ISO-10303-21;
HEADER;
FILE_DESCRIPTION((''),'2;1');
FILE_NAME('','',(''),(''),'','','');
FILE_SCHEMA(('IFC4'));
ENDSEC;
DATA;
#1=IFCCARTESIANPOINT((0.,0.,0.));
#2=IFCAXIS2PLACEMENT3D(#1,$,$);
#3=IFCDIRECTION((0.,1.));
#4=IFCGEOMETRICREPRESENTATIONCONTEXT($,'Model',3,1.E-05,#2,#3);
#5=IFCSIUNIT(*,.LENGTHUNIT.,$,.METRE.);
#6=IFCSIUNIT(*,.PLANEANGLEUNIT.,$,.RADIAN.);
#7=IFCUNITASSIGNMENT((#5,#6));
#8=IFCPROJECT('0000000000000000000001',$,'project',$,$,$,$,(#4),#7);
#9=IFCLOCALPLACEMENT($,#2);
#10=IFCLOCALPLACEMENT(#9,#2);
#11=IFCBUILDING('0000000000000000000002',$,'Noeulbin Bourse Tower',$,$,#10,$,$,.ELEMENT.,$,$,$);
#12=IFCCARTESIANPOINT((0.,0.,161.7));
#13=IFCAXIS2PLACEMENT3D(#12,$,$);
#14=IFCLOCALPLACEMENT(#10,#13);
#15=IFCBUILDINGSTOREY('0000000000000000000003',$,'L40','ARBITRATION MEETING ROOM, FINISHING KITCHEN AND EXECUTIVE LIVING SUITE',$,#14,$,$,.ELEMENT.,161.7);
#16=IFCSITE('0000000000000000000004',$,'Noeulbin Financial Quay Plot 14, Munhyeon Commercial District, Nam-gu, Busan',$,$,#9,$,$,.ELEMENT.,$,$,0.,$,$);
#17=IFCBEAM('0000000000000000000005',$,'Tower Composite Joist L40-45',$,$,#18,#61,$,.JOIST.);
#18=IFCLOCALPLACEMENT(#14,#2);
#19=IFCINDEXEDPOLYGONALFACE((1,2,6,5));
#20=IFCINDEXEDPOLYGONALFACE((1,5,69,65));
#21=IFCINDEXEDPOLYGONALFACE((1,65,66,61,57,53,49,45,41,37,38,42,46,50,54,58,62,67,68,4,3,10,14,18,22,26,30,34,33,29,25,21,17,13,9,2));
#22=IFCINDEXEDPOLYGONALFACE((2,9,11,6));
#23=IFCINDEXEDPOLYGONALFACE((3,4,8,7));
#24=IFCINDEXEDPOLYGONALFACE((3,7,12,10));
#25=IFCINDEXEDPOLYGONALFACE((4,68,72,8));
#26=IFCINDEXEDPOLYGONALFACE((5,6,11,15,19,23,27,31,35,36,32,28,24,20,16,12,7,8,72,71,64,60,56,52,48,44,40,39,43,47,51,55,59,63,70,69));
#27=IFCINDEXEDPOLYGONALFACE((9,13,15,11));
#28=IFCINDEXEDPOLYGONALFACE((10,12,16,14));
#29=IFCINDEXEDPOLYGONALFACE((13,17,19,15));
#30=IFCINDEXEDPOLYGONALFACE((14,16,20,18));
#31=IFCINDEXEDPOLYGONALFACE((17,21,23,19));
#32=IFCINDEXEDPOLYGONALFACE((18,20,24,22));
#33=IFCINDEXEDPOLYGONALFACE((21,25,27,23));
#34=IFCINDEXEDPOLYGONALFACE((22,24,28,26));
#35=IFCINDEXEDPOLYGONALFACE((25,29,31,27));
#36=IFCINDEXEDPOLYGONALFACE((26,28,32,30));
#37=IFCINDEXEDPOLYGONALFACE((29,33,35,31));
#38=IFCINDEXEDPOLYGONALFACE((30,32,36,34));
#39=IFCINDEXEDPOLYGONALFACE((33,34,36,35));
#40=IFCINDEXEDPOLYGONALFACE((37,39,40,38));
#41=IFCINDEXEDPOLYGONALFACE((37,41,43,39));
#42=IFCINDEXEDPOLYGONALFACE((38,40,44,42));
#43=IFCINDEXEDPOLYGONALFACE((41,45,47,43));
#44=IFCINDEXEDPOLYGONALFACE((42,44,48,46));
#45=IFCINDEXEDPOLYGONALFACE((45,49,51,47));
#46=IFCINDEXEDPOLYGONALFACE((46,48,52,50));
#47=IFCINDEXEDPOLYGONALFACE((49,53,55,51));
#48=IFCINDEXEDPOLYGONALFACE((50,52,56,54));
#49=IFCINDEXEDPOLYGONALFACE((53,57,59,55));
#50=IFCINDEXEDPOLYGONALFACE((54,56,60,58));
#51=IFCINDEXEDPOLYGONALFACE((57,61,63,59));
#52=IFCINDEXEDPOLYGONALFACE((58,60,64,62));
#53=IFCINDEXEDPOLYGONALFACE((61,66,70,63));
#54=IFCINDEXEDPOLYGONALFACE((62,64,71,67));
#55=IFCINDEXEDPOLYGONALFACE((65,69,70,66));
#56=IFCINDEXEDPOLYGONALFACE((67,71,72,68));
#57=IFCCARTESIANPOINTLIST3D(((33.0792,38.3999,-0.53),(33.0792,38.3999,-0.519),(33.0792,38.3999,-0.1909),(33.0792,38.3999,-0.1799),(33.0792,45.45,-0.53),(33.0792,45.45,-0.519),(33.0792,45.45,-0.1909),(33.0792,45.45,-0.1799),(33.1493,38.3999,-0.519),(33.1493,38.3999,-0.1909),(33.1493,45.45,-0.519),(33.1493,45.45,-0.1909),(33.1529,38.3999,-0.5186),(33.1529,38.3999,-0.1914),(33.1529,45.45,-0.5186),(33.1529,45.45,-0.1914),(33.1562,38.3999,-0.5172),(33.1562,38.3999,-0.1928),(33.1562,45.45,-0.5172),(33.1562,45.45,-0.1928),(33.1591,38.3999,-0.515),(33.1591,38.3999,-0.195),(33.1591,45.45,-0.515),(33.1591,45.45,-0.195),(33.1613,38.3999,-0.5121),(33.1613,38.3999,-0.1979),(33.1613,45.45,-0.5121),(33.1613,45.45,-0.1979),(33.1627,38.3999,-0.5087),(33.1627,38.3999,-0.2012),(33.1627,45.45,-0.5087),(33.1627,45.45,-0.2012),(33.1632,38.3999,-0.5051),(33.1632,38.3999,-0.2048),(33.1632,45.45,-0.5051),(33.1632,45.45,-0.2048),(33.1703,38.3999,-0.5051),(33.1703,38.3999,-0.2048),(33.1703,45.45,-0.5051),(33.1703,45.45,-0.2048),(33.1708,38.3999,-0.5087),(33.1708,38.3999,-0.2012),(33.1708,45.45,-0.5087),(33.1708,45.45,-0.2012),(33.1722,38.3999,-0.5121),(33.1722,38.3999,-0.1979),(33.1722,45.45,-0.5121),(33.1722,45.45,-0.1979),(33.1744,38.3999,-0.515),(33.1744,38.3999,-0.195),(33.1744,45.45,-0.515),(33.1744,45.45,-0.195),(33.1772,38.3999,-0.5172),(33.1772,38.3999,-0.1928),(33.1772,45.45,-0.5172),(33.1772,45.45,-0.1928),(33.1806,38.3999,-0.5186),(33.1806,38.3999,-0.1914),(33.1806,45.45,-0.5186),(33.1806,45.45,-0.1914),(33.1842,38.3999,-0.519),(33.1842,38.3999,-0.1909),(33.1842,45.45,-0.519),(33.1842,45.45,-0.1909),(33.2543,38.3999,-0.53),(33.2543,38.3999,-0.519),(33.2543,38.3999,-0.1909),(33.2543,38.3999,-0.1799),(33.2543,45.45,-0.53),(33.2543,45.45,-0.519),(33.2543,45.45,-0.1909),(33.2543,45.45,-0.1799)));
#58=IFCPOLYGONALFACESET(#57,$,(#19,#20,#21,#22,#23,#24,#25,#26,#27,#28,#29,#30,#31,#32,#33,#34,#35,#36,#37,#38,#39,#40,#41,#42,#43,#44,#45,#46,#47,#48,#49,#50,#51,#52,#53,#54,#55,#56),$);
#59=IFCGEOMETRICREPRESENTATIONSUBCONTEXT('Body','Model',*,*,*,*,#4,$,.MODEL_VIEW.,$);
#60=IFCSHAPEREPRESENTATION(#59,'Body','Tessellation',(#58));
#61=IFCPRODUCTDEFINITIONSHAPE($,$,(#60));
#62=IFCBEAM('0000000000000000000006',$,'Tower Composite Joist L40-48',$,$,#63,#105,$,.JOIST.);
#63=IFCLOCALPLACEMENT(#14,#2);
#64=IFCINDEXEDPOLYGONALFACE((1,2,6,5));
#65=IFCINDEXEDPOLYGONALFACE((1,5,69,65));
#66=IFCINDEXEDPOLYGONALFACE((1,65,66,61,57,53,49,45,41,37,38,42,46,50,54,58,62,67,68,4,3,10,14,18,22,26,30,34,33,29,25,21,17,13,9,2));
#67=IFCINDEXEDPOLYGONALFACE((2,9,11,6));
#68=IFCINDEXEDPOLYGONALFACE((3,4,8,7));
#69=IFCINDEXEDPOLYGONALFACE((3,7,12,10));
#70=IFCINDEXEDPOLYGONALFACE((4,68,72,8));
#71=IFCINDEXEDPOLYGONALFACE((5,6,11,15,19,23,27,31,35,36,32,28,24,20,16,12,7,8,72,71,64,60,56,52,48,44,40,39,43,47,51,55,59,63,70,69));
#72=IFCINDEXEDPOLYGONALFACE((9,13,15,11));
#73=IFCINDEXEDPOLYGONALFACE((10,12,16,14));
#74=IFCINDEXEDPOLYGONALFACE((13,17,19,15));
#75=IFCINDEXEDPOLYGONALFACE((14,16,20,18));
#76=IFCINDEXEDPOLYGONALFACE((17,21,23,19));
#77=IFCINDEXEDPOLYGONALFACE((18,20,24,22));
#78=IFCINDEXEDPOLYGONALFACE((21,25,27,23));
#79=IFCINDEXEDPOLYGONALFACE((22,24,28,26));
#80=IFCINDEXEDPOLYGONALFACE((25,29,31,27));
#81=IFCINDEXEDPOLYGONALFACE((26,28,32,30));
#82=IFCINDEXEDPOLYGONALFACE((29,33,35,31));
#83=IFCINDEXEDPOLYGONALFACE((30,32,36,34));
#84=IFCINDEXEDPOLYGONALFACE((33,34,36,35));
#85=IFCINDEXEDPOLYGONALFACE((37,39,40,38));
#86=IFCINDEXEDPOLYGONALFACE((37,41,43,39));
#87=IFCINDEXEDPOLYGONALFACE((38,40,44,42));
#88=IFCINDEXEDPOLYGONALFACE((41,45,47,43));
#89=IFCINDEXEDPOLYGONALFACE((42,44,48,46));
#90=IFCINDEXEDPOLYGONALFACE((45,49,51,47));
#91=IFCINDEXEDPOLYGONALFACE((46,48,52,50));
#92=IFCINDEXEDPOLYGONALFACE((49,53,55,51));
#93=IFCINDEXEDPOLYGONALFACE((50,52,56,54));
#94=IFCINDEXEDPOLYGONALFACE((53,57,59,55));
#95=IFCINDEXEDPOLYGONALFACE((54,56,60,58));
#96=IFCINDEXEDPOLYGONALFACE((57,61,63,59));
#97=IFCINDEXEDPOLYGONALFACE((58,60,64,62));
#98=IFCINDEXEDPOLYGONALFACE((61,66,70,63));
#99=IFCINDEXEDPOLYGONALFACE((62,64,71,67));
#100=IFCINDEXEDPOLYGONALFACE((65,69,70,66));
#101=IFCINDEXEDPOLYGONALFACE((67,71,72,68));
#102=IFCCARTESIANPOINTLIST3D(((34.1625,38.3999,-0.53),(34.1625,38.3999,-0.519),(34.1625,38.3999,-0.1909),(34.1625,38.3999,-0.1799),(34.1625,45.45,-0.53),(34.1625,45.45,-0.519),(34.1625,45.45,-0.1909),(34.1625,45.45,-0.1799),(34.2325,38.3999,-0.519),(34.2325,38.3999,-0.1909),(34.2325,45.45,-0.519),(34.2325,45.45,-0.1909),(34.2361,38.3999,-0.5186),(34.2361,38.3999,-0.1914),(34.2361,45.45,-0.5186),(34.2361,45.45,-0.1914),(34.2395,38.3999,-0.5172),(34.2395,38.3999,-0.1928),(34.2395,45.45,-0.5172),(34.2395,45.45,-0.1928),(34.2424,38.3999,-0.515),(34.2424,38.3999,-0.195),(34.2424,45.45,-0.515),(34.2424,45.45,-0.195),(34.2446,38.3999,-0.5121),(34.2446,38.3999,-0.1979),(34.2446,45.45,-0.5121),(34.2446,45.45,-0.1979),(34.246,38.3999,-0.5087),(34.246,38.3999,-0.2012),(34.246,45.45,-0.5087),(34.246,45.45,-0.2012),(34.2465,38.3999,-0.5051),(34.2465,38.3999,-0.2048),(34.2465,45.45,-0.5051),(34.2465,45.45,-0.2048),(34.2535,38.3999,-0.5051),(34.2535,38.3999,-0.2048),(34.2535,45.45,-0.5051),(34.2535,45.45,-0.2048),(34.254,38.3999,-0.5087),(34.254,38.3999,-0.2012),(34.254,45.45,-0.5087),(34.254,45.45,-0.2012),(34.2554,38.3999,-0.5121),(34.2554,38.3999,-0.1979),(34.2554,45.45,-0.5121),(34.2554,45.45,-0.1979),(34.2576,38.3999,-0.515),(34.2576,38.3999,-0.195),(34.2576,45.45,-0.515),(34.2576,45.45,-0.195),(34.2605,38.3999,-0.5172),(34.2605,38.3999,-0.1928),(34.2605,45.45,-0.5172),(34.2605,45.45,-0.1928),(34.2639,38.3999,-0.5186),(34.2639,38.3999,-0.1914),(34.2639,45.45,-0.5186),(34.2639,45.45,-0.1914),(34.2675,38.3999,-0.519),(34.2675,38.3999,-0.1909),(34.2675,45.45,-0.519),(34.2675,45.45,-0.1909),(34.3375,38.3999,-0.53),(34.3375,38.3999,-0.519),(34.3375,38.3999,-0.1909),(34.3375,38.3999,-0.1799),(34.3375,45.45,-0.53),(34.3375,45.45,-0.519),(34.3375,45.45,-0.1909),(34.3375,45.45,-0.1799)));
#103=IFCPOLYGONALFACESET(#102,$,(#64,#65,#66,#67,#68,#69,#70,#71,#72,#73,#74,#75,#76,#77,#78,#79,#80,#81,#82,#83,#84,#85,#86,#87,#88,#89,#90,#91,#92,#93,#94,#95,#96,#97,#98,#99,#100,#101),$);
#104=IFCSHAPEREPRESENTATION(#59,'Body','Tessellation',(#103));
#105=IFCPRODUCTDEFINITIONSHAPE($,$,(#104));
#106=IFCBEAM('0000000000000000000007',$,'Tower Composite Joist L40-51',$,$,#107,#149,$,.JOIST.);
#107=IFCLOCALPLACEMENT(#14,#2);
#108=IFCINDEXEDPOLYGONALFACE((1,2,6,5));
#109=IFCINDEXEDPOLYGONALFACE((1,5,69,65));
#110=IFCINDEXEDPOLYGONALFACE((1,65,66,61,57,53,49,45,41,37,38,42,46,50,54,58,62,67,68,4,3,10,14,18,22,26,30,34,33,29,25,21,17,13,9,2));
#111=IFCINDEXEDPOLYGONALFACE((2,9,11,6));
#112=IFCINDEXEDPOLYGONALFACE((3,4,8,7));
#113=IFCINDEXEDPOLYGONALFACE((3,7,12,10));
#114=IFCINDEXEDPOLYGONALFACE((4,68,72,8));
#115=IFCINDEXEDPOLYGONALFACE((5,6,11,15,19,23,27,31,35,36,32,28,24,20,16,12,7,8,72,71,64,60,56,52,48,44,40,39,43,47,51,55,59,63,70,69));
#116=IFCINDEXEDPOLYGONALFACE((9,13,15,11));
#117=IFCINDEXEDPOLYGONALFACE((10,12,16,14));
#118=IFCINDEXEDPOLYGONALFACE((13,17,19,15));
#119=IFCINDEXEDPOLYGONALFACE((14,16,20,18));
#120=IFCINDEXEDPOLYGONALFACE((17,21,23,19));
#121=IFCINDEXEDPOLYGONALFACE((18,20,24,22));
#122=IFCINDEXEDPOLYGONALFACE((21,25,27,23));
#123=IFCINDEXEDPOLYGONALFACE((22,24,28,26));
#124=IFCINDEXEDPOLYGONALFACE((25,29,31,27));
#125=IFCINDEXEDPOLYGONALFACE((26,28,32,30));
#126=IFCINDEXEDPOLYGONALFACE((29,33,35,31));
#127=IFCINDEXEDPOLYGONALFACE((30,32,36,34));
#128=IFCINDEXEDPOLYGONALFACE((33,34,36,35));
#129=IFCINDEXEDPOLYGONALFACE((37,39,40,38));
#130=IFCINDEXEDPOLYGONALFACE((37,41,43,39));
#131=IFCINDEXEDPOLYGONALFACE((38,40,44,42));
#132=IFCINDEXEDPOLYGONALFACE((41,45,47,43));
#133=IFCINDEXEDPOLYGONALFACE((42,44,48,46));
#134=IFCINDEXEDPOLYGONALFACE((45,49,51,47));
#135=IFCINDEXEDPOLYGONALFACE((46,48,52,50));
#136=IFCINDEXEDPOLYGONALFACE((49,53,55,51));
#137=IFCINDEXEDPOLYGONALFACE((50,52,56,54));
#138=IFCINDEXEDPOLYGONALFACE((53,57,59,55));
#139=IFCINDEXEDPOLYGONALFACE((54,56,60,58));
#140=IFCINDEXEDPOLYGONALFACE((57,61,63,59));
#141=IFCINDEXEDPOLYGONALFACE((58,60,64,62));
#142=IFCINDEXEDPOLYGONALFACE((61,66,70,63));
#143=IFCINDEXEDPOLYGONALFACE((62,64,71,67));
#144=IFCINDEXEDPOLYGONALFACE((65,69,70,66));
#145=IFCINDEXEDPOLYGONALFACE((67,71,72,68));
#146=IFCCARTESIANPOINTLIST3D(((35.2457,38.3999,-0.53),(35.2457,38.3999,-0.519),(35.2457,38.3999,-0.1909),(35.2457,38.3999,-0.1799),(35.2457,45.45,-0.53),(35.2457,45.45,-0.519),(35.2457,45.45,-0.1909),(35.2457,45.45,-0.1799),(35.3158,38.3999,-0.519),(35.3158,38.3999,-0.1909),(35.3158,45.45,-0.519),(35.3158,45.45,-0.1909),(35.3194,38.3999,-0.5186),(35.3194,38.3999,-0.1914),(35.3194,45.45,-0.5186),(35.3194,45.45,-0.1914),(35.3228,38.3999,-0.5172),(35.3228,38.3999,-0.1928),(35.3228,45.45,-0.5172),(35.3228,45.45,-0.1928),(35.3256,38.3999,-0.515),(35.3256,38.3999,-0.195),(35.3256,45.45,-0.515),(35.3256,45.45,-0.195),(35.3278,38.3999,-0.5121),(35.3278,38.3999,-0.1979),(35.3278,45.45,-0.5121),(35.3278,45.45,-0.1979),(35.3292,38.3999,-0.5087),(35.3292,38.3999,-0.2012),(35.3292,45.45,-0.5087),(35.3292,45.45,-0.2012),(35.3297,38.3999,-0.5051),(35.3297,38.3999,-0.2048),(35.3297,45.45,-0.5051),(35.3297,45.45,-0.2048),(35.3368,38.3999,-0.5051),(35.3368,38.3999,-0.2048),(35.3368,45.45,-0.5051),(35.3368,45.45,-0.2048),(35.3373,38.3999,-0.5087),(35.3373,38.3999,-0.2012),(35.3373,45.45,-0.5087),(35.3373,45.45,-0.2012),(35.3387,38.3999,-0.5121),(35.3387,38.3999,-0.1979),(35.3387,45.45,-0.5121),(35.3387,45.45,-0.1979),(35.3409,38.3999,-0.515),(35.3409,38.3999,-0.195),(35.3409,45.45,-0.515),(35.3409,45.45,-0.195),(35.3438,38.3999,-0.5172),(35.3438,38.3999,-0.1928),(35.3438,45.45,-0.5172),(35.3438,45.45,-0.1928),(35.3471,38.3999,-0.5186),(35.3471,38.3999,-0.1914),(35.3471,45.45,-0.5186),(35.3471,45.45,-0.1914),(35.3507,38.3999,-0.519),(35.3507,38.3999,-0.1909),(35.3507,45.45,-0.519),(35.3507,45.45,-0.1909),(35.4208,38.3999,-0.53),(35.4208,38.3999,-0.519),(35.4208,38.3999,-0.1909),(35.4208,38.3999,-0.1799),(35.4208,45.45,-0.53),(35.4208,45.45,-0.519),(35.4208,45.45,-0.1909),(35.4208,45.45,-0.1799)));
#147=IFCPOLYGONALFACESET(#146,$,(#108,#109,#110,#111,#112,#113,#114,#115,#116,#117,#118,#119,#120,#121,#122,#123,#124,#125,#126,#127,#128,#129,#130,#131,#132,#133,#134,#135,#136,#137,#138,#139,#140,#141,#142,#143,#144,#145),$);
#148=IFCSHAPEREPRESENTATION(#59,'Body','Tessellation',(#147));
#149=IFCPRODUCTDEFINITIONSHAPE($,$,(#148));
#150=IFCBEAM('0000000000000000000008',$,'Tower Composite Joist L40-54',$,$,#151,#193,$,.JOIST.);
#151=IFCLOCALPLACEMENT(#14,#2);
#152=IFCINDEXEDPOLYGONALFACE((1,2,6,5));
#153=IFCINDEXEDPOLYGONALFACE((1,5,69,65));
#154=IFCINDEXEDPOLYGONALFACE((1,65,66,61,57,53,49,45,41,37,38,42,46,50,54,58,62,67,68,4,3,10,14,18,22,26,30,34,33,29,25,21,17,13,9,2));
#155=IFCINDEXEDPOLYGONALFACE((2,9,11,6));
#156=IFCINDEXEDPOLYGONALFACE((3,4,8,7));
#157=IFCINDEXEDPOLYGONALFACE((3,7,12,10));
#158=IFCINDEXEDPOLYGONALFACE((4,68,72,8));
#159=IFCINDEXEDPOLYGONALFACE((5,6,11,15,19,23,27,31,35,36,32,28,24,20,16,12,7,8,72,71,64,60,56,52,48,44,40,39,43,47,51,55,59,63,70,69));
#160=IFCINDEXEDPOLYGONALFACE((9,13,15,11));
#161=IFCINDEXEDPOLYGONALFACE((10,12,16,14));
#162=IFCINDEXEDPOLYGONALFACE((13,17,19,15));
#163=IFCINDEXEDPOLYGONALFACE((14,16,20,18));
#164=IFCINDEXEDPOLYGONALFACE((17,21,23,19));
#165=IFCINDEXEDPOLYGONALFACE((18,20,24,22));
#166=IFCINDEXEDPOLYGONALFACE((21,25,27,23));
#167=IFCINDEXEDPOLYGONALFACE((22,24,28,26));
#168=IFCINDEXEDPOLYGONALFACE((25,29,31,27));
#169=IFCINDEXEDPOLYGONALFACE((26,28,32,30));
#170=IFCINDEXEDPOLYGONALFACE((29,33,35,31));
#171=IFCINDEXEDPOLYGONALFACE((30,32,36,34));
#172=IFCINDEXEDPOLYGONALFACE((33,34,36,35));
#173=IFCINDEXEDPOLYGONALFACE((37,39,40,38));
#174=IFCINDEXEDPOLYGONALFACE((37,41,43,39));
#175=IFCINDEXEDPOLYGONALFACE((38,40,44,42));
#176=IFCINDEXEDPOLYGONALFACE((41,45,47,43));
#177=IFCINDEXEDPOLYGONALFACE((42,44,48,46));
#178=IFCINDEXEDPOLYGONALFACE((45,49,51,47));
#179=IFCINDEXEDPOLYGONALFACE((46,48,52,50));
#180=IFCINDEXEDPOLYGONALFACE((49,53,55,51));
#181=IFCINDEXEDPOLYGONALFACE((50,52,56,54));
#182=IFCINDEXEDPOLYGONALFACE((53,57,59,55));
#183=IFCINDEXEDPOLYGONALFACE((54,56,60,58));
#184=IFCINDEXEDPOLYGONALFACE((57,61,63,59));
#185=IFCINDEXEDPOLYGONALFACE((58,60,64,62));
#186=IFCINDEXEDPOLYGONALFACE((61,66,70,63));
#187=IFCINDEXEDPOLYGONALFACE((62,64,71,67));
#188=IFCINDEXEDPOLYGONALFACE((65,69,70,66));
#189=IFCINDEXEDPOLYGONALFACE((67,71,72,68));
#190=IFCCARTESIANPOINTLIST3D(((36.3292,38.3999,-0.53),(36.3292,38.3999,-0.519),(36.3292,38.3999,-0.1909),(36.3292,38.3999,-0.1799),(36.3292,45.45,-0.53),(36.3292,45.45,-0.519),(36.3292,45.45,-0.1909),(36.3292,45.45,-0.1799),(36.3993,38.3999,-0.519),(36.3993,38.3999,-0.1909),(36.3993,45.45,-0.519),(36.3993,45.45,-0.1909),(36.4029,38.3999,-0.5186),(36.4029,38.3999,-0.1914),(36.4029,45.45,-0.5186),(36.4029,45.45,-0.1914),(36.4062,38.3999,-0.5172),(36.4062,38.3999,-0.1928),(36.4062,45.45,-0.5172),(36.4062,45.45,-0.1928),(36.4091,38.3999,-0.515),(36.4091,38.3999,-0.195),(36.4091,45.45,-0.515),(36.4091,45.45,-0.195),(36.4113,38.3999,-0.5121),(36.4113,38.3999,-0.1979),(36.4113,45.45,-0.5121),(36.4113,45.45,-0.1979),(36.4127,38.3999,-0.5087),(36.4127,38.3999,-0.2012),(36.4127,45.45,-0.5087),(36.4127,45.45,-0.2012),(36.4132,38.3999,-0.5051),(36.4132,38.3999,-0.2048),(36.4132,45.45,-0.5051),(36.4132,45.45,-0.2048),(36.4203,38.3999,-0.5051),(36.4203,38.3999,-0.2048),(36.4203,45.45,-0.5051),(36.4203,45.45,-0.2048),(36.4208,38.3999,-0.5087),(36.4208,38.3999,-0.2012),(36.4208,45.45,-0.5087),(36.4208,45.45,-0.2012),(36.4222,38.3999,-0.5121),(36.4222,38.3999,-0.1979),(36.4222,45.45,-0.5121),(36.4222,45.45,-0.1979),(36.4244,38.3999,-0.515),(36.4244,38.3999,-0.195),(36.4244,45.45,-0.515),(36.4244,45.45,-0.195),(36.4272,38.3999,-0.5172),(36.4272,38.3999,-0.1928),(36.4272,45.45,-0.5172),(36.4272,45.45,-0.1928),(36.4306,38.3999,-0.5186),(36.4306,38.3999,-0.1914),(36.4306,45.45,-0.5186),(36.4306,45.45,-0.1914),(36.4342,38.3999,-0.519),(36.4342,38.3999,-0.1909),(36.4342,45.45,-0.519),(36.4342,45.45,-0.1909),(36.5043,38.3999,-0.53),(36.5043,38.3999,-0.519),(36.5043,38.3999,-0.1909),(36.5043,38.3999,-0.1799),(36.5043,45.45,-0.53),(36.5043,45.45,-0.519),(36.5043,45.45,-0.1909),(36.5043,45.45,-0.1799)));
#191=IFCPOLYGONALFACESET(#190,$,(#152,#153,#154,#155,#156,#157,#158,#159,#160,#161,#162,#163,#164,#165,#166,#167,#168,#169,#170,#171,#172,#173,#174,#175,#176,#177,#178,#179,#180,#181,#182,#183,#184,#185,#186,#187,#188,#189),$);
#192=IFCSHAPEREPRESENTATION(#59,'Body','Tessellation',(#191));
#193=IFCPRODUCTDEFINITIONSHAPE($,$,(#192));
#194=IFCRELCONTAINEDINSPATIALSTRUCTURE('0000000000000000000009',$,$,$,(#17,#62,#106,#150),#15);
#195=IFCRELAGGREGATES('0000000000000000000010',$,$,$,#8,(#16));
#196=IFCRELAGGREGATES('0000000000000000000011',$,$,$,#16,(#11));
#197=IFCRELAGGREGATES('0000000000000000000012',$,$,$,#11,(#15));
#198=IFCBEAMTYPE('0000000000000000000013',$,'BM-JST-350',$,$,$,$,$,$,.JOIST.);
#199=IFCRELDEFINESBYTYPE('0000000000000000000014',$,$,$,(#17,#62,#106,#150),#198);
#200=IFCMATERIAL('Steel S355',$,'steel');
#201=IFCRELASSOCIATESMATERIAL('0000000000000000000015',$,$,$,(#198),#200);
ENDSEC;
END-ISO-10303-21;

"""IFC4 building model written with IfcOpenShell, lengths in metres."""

from ifc_helpers import new_model, si_unit, direction, frame, origin, origin_2d, place, context, subcontext, project, spatial, i_section, extrude, material, material_profile, profile_set, type_object, element, save


model = new_model("IFC4")

# Units and contexts
model_context = context("Model", 3, precision=1e-05, world=origin(), true_north=direction((0.0, 1.0)))
body_context = subcontext(model_context, "Body", "Model", "MODEL_VIEW")
ifc_project = project(units=[si_unit("LENGTHUNIT", "METRE"), si_unit("PLANEANGLEUNIT", "RADIAN")], contexts=[model_context])

# Site, building, storey
site_placement = place(None, origin())
site = spatial("IfcSite", under=ifc_project, at=site_placement, Name="Noeulbin Financial Quay Plot 14, Munhyeon Commercial District, Nam-gu, Busan", CompositionType="ELEMENT", RefElevation=0.0)
building_placement = place(site_placement, origin())
building = spatial("IfcBuilding", under=site, at=building_placement, Name="Noeulbin Bourse Tower", CompositionType="ELEMENT")
storey_placement = place(building_placement, frame((0.0, 0.0, 161.7)))
storey = spatial("IfcBuildingStorey", under=building, at=storey_placement, Name="L40", Description="ARBITRATION MEETING ROOM, FINISHING KITCHEN AND EXECUTIVE LIVING SUITE", CompositionType="ELEMENT", Elevation=161.7)

# Shared definitions
ifc_material_1 = material(Name="Steel S355", Category="steel")

# Beams
ifc_material_profile_1 = material_profile(ifc_material_1, i_section(OverallWidth=0.175, OverallDepth=0.3501, WebThickness=0.0071, FlangeThickness=0.011, FilletRadius=0.0139, at=origin_2d()), Name="H-350x175x7x11", Category="LoadBearing")
ifc_profile_set_1 = profile_set([ifc_material_profile_1], Name="Steel S355")
beam_type_1 = type_object("IfcBeamType", Name="BM-JST-350", PredefinedType="JOIST", material=ifc_profile_set_1)
for number, where, z_axis, x_axis, name in (
    (1, (33.1667, 38.3999, -0.355), (0.0, 1.0, 0.0), (-1.0, 0.0, 0.0), "Tower Composite Joist L40-45"),
    (2, (34.25, 38.3999, -0.355), (0.0, 1.0, 0.0), (-1.0, 0.0, 0.0), "Tower Composite Joist L40-48"),
    (3, (35.3333, 38.3999, -0.355), (0.0, 1.0, 0.0), (-1.0, 0.0, 0.0), "Tower Composite Joist L40-51"),
    (4, (36.4167, 38.3999, -0.355), (0.0, 1.0, 0.0), (-1.0, 0.0, 0.0), "Tower Composite Joist L40-54"),
):
    element("IfcBeam", number, at=place(storey_placement, frame(where, z_axis=z_axis, x_axis=x_axis)), inside=storey, type_object=beam_type_1, Name=name, PredefinedType="JOIST", context=body_context, shape_type="SweptSolid", body=[
        extrude(i_section(OverallWidth=0.175, OverallDepth=0.3501, WebThickness=0.0071, FlangeThickness=0.011, FilletRadius=0.0139, at=origin_2d()), origin(), (0.0, 0.0, 1.0), 7.05),
    ])

save(model, "model.ifc")
